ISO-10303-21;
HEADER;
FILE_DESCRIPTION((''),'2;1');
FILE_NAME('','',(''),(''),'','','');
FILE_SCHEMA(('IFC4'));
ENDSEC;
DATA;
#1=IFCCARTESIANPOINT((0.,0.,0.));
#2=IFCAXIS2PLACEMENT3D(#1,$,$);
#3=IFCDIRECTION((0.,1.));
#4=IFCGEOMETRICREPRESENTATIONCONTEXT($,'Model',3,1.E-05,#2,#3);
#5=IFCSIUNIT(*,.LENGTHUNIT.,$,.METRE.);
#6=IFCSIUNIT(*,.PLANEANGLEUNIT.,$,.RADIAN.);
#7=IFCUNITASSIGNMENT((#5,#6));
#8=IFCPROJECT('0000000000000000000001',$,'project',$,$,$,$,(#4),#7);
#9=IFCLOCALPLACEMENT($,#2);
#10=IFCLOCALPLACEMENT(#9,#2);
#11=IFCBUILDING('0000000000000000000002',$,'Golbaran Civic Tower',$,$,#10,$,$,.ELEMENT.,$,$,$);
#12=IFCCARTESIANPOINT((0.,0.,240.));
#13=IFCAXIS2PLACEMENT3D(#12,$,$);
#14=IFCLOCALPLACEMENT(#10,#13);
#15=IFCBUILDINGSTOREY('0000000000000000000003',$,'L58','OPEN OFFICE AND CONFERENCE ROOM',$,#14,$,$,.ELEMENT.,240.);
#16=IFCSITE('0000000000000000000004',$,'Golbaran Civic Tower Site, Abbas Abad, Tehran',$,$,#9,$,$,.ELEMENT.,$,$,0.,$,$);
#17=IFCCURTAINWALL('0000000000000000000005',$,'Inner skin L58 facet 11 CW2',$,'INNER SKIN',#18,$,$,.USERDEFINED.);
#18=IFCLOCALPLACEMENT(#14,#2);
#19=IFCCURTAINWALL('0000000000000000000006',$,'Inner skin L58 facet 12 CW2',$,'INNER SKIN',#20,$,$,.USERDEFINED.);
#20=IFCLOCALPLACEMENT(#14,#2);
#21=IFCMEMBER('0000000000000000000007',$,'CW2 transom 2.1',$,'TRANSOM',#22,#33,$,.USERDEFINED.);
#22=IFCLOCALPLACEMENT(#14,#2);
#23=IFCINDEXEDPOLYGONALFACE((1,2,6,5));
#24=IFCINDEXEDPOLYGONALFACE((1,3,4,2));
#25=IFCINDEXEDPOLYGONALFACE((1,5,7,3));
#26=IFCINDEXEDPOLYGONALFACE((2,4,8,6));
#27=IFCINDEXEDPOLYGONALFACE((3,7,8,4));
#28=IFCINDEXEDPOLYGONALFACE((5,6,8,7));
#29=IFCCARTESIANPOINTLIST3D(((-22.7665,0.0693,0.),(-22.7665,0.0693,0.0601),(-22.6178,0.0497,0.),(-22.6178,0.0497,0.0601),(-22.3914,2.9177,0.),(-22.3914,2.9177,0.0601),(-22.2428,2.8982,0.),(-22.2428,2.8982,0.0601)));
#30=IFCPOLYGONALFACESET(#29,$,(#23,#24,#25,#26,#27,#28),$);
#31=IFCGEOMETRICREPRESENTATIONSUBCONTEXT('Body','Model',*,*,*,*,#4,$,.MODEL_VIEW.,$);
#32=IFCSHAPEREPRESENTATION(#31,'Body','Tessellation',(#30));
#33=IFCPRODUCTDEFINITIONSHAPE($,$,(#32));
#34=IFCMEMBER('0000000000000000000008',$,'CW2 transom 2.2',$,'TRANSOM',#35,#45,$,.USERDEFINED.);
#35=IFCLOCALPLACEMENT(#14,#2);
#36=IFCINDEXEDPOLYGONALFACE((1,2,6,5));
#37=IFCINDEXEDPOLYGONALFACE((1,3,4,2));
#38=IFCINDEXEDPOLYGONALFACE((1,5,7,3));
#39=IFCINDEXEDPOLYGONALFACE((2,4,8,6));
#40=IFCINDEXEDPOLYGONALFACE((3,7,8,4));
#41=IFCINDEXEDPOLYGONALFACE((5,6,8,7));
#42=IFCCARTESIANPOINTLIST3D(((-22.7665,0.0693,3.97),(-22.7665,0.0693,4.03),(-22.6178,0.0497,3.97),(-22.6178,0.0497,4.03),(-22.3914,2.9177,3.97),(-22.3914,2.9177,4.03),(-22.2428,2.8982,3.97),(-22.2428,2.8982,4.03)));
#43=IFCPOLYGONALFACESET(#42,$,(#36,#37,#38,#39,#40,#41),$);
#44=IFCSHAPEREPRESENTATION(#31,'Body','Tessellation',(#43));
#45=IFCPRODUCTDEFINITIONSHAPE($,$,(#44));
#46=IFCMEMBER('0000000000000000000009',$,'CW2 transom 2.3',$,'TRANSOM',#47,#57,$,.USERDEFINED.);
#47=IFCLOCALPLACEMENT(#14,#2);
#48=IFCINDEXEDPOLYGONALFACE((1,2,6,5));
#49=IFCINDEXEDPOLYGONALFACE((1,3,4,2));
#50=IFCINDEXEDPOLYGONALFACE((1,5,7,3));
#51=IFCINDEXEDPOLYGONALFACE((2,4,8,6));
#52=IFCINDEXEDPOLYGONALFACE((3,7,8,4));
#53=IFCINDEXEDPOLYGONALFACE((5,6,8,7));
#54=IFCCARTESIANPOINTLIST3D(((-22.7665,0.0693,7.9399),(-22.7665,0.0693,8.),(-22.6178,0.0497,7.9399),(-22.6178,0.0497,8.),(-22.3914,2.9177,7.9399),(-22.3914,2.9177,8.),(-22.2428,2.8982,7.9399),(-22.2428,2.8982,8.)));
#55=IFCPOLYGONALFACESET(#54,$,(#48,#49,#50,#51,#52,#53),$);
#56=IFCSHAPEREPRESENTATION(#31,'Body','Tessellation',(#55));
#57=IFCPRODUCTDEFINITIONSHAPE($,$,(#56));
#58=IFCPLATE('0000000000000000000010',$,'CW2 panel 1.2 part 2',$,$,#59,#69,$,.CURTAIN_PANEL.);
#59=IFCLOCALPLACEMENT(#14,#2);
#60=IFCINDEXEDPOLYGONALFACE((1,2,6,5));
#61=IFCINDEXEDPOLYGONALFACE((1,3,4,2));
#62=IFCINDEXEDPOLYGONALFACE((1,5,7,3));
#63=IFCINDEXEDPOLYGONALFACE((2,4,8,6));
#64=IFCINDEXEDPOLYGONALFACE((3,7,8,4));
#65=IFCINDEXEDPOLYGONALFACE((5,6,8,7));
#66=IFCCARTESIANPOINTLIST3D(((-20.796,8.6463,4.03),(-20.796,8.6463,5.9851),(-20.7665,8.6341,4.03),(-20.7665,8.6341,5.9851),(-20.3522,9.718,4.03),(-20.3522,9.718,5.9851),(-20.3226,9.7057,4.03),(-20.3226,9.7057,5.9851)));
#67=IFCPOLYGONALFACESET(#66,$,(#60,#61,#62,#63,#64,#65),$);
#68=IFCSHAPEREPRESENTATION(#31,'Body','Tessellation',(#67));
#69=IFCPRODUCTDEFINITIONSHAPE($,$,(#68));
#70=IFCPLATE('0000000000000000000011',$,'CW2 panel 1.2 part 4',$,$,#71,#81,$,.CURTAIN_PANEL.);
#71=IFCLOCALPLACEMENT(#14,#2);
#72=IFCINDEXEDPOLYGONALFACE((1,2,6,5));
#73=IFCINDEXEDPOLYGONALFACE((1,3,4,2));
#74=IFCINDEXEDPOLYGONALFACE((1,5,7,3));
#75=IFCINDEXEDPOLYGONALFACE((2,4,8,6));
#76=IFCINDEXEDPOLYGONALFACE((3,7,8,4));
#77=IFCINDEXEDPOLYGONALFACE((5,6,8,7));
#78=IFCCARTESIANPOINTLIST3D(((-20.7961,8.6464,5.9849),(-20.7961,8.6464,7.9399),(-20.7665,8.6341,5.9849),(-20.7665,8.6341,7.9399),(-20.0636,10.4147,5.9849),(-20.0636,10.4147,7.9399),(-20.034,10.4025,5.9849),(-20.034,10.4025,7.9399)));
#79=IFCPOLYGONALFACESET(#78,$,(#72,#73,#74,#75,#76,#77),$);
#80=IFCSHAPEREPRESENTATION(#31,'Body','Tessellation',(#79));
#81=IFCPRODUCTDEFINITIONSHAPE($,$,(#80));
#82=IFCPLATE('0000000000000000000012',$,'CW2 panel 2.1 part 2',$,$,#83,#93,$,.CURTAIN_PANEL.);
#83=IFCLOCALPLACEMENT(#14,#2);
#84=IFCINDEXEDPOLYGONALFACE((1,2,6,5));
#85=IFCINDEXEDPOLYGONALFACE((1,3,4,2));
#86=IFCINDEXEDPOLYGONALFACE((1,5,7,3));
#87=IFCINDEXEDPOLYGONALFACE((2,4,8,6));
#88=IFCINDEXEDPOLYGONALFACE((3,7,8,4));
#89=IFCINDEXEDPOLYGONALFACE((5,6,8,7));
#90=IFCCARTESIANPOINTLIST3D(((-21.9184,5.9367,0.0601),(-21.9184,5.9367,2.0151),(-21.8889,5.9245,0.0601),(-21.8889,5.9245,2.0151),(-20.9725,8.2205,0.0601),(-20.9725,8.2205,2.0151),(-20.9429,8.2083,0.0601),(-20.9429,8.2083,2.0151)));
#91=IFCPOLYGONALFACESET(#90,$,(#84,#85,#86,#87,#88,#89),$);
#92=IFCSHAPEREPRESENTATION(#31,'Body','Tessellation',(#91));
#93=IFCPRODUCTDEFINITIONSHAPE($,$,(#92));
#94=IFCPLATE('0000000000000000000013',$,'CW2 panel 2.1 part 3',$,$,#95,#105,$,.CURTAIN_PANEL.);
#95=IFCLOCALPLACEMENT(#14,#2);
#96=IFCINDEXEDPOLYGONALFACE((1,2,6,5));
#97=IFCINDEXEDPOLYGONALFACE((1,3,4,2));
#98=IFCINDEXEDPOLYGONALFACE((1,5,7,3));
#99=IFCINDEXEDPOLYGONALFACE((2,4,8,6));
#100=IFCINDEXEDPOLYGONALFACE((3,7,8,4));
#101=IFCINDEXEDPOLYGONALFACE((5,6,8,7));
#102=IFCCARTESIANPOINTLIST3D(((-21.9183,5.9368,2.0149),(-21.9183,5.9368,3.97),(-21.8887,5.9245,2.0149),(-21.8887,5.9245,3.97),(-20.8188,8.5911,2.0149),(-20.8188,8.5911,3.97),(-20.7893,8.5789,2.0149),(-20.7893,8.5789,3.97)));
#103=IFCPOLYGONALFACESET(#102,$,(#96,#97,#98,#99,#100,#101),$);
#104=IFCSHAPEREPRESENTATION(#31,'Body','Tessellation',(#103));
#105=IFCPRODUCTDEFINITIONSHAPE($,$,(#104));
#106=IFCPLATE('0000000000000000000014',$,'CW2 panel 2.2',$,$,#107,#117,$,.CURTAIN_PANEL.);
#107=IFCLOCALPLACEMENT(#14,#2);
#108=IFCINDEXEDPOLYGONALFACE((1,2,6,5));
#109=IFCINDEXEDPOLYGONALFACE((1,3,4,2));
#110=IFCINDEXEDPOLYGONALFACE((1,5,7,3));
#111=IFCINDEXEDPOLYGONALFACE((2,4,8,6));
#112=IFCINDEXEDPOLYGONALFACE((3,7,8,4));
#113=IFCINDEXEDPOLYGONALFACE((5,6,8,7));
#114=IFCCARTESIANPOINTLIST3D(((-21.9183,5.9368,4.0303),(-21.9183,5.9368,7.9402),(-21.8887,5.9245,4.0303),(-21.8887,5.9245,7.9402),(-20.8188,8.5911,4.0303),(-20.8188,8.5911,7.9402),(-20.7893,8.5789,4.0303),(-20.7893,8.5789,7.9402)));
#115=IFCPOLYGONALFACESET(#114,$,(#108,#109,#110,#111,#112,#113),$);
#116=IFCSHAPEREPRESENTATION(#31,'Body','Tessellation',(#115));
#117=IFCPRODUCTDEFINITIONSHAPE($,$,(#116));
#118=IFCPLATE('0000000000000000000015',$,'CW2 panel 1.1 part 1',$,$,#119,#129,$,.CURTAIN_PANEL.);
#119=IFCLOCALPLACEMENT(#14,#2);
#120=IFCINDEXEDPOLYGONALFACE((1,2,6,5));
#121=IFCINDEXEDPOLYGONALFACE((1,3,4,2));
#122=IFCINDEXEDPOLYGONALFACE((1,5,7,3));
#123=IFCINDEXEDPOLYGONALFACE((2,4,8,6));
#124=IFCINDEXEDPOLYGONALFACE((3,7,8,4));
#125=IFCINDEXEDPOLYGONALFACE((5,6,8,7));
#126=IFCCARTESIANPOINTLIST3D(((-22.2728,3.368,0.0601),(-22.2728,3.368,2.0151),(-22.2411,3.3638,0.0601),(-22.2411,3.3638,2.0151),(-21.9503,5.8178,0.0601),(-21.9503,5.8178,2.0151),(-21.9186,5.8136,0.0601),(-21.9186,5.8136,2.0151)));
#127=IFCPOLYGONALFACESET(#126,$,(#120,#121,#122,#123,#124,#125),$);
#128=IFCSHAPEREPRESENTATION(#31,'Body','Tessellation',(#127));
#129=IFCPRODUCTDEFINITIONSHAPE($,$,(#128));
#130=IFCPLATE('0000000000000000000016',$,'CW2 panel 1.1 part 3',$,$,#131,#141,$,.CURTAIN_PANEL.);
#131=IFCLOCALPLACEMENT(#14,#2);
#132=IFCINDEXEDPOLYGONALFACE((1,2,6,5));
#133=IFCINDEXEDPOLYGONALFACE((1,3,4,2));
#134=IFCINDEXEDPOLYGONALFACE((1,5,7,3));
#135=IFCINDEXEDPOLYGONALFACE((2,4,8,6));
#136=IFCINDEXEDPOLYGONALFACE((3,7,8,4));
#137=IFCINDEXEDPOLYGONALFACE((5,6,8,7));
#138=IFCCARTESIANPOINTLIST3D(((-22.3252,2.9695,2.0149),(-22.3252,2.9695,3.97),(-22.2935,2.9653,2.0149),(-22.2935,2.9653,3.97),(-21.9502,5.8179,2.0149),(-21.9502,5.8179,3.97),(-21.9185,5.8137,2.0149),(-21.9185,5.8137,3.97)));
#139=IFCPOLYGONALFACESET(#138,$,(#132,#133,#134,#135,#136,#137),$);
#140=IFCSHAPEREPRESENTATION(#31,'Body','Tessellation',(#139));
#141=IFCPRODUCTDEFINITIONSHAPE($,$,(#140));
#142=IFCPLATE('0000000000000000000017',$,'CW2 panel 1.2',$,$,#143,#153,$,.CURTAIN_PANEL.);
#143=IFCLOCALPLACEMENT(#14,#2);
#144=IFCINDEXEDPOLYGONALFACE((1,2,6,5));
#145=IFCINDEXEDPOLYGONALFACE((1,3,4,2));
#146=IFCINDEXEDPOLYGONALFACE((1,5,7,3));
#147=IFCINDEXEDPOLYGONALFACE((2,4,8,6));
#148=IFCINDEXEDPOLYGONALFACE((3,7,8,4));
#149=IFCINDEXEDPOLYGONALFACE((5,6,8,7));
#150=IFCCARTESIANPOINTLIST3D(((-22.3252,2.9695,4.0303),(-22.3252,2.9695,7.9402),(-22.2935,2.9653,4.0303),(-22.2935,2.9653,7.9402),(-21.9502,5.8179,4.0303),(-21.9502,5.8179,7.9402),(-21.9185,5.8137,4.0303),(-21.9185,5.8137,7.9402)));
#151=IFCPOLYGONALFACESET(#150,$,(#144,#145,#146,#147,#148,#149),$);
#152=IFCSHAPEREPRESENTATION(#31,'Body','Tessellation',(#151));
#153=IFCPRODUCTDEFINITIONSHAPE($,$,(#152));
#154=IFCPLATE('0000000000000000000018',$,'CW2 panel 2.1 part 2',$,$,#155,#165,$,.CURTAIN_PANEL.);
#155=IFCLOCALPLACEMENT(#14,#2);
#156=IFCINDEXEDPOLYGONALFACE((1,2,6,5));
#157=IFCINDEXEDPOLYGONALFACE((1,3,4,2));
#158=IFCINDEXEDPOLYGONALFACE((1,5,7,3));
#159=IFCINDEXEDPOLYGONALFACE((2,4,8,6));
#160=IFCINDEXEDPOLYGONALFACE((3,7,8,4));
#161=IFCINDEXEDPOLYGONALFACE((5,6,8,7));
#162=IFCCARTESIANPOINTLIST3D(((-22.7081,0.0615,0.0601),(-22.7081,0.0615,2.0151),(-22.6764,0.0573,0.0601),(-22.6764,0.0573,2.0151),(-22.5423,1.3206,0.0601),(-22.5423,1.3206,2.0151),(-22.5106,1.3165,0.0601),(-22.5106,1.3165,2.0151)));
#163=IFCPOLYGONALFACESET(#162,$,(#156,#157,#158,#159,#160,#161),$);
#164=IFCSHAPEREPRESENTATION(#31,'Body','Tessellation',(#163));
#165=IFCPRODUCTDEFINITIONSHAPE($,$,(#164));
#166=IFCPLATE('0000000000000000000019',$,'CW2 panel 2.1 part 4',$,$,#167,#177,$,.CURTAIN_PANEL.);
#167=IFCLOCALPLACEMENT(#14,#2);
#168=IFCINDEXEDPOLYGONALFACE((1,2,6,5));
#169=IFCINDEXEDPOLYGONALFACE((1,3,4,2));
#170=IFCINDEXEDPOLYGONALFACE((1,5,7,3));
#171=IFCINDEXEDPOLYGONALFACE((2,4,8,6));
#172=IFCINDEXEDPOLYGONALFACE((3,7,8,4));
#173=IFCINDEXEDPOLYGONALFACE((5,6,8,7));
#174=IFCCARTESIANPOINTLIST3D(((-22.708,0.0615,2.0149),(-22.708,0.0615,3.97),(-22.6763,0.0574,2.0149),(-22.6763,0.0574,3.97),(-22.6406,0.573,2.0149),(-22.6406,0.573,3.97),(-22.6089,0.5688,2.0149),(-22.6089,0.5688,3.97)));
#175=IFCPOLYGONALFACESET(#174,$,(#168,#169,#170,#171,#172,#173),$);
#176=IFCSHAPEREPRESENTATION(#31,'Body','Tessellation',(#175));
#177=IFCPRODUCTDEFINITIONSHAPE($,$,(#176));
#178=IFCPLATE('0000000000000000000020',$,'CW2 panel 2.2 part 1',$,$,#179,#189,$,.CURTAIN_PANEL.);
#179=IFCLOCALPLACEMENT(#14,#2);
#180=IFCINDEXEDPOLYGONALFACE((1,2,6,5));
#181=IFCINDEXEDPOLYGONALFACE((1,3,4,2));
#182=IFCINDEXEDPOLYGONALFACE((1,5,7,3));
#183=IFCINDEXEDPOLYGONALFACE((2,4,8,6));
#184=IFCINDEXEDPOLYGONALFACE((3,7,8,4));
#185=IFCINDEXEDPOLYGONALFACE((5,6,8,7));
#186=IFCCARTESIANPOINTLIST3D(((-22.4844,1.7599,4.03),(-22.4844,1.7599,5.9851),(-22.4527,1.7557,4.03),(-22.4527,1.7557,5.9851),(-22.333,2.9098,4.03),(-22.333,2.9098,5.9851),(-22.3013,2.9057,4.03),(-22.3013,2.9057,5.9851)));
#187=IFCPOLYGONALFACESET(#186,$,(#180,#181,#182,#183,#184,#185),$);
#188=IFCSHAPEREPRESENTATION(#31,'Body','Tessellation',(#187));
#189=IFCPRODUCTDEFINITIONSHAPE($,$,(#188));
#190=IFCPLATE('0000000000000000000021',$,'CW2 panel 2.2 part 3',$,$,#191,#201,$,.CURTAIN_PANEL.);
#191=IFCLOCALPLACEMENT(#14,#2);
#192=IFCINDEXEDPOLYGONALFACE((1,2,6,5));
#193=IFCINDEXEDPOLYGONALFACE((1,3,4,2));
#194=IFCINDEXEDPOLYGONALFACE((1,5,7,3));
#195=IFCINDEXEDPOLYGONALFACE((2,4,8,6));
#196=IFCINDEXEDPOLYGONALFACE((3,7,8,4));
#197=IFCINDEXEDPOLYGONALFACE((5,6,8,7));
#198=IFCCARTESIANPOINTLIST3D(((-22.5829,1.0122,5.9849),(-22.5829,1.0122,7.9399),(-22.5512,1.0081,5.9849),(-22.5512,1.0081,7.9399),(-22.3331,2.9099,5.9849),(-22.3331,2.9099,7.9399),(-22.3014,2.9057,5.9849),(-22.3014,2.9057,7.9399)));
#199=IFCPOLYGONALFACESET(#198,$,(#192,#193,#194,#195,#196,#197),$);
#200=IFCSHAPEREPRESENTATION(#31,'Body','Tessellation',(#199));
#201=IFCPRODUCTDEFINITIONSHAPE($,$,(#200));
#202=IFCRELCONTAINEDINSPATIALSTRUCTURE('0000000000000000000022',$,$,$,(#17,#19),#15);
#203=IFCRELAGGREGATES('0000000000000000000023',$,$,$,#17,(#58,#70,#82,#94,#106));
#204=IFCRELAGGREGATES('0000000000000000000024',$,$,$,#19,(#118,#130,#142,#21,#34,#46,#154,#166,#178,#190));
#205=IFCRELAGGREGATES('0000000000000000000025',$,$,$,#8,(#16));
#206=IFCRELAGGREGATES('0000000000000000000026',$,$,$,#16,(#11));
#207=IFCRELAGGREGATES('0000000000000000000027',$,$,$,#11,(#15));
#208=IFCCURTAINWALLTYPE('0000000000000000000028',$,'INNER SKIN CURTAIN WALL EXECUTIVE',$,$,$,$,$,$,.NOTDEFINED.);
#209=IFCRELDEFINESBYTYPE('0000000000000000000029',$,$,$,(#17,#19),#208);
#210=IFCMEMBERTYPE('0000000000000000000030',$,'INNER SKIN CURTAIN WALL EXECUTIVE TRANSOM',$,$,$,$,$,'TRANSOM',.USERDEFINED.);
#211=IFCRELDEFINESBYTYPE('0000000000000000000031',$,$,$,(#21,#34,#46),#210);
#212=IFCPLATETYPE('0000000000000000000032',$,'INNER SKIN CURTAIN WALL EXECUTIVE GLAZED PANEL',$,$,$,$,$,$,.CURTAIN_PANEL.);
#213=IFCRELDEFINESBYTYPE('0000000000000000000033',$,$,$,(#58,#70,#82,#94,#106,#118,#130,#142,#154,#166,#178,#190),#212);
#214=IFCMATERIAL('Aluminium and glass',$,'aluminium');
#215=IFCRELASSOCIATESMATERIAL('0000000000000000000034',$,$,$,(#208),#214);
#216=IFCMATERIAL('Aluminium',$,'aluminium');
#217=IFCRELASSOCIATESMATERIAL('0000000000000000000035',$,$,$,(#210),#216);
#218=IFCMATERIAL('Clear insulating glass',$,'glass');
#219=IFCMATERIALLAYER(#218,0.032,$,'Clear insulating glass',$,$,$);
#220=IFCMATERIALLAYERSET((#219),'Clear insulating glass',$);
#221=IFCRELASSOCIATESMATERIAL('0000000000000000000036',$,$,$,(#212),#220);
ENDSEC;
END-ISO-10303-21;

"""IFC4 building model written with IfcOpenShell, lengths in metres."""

from ifc_helpers import new_model, si_unit, direction, frame, origin, origin_2d, place, context, subcontext, project, spatial, rectangle, extrude, material, layer, layer_set, material_profile, profile_set, type_object, element, aggregate, save


model = new_model("IFC4")

# Units and contexts
model_context = context("Model", 3, precision=1e-05, world=origin(), true_north=direction((0.0, 1.0)))
body_context = subcontext(model_context, "Body", "Model", "MODEL_VIEW")
ifc_project = project(units=[si_unit("LENGTHUNIT", "METRE"), si_unit("PLANEANGLEUNIT", "RADIAN")], contexts=[model_context])

# Site, building, storey
site_placement = place(None, origin())
site = spatial("IfcSite", under=ifc_project, at=site_placement, Name="Golbaran Civic Tower Site, Abbas Abad, Tehran", CompositionType="ELEMENT", RefElevation=0.0)
building_placement = place(site_placement, origin())
building = spatial("IfcBuilding", under=site, at=building_placement, Name="Golbaran Civic Tower", CompositionType="ELEMENT")
storey_placement = place(building_placement, frame((0.0, 0.0, 240.0)))
storey = spatial("IfcBuildingStorey", under=building, at=storey_placement, Name="L58", Description="OPEN OFFICE AND CONFERENCE ROOM", CompositionType="ELEMENT", Elevation=240.0)

# Curtain walls
ifc_material_1 = material(Name="Aluminium and glass", Category="aluminium")
curtain_wall_type = type_object("IfcCurtainWallType", Name="INNER SKIN CURTAIN WALL EXECUTIVE", PredefinedType="NOTDEFINED", material=ifc_material_1)
curtain_wall_1_placement = place(storey_placement, origin())
curtain_wall_1 = element("IfcCurtainWall", 1, at=curtain_wall_1_placement, inside=storey, type_object=curtain_wall_type, Name="Inner skin L58 facet 11 CW2", ObjectType="INNER SKIN", PredefinedType="USERDEFINED")
ifc_material_2 = material(Name="Aluminium", Category="aluminium")
curtain_wall_2_placement = place(storey_placement, origin())
curtain_wall_2 = element("IfcCurtainWall", 2, at=curtain_wall_2_placement, inside=storey, type_object=curtain_wall_type, Name="Inner skin L58 facet 12 CW2", ObjectType="INNER SKIN", PredefinedType="USERDEFINED")

# Members
ifc_material_profile_1 = material_profile(ifc_material_2, rectangle(XDim=0.1499, YDim=0.0601, at=origin_2d()), Name="INNER SKIN CURTAIN WALL EXECUTIVE TRANSOM")
ifc_profile_set_1 = profile_set([ifc_material_profile_1], Name="Aluminium")
member_type_1 = type_object("IfcMemberType", Name="INNER SKIN CURTAIN WALL EXECUTIVE TRANSOM", ElementType="TRANSOM", PredefinedType="USERDEFINED", material=ifc_profile_set_1)
member_1_placement = place(storey_placement, frame((-22.3171, 2.908, 0.03), z_axis=(-0.130527, -0.991445, 0.0), x_axis=(0.991445, -0.130527, 0.0)))
member_1 = element("IfcMember", 3, at=member_1_placement, type_object=member_type_1, Name="CW2 transom 2.1", ObjectType="TRANSOM", PredefinedType="USERDEFINED", context=body_context, shape_type="SweptSolid", body=[
    extrude(rectangle(XDim=0.1499, YDim=0.0601, at=origin_2d()), origin(), (0.0, 0.0, 1.0), 2.873),
])
member_2_placement = place(storey_placement, frame((-22.3171, 2.908, 4.0), z_axis=(-0.130527, -0.991445, 0.0), x_axis=(0.991445, -0.130527, 0.0)))
member_2 = element("IfcMember", 4, at=member_2_placement, type_object=member_type_1, Name="CW2 transom 2.2", ObjectType="TRANSOM", PredefinedType="USERDEFINED", context=body_context, shape_type="SweptSolid", body=[
    extrude(rectangle(XDim=0.1499, YDim=0.0601, at=origin_2d()), origin(), (0.0, 0.0, 1.0), 2.873),
])
member_3_placement = place(storey_placement, frame((-22.3171, 2.908, 7.97), z_axis=(-0.130527, -0.991445, 0.0), x_axis=(0.991445, -0.130527, 0.0)))
member_3 = element("IfcMember", 5, at=member_3_placement, type_object=member_type_1, Name="CW2 transom 2.3", ObjectType="TRANSOM", PredefinedType="USERDEFINED", context=body_context, shape_type="SweptSolid", body=[
    extrude(rectangle(XDim=0.1499, YDim=0.0601, at=origin_2d()), origin(), (0.0, 0.0, 1.0), 2.873),
])

# Plates
ifc_material_3 = material(Name="Clear insulating glass", Category="glass")
ifc_layer_1 = layer(ifc_material_3, 0.032, Name="Clear insulating glass")
ifc_layer_set_1 = layer_set([ifc_layer_1], Name="Clear insulating glass")
plate_type_1 = type_object("IfcPlateType", Name="INNER SKIN CURTAIN WALL EXECUTIVE GLAZED PANEL", PredefinedType="CURTAIN_PANEL", material=ifc_layer_set_1)
plate_1_placement = place(storey_placement, frame((-20.5593, 9.176, 4.03), z_axis=(0.0, 0.0, 1.0), x_axis=(-0.382683, -0.92388, 0.0)))
plate_1 = element("IfcPlate", 6, at=plate_1_placement, type_object=plate_type_1, Name="CW2 panel 1.2 part 2", PredefinedType="CURTAIN_PANEL", context=body_context, shape_type="SweptSolid", body=[
    extrude(rectangle(XDim=1.1599, YDim=0.032, at=origin_2d()), origin(), (0.0, 0.0, 1.0), 1.9551),
])
plate_2_placement = place(storey_placement, frame((-20.415, 9.5244, 5.9849), z_axis=(0.0, 0.0, 1.0), x_axis=(-0.382683, -0.92388, 0.0)))
plate_2 = element("IfcPlate", 7, at=plate_2_placement, type_object=plate_type_1, Name="CW2 panel 1.2 part 4", PredefinedType="CURTAIN_PANEL", context=body_context, shape_type="SweptSolid", body=[
    extrude(rectangle(XDim=1.9141, YDim=0.032, at=origin_2d()), origin(), (0.0, 0.0, 1.0), 1.9551),
])
plate_3_placement = place(storey_placement, frame((-21.4307, 7.0725, 0.0601), z_axis=(0.0, 0.0, 1.0), x_axis=(-0.382683, -0.92388, 0.0)))
plate_3 = element("IfcPlate", 8, at=plate_3_placement, type_object=plate_type_1, Name="CW2 panel 2.1 part 2", PredefinedType="CURTAIN_PANEL", context=body_context, shape_type="SweptSolid", body=[
    extrude(rectangle(XDim=2.4719, YDim=0.032, at=origin_2d()), origin(), (0.0, 0.0, 1.0), 1.9551),
])
plate_4_placement = place(storey_placement, frame((-21.3538, 7.2578, 2.0149), z_axis=(0.0, 0.0, 1.0), x_axis=(-0.382683, -0.92388, 0.0)))
plate_4 = element("IfcPlate", 9, at=plate_4_placement, type_object=plate_type_1, Name="CW2 panel 2.1 part 3", PredefinedType="CURTAIN_PANEL", context=body_context, shape_type="SweptSolid", body=[
    extrude(rectangle(XDim=2.873, YDim=0.032, at=origin_2d()), origin(), (0.0, 0.0, 1.0), 1.9551),
])
plate_5_placement = place(storey_placement, frame((-21.3538, 7.2578, 4.0303), z_axis=(0.0, 0.0, 1.0), x_axis=(-0.382683, -0.92388, 0.0)))
plate_5 = element("IfcPlate", 10, at=plate_5_placement, type_object=plate_type_1, Name="CW2 panel 2.2", PredefinedType="CURTAIN_PANEL", context=body_context, shape_type="SweptSolid", body=[
    extrude(rectangle(XDim=2.873, YDim=0.032, at=origin_2d()), origin(), (0.0, 0.0, 1.0), 3.9099),
])
plate_6_placement = place(storey_placement, frame((-22.0957, 4.5908, 0.0601), z_axis=(0.0, 0.0, 1.0), x_axis=(-0.130526, -0.991445, 0.0)))
plate_6 = element("IfcPlate", 11, at=plate_6_placement, type_object=plate_type_1, Name="CW2 panel 1.1 part 1", PredefinedType="CURTAIN_PANEL", context=body_context, shape_type="SweptSolid", body=[
    extrude(rectangle(XDim=2.4709, YDim=0.032, at=origin_2d()), origin(), (0.0, 0.0, 1.0), 1.9551),
])
plate_7_placement = place(storey_placement, frame((-22.1218, 4.3916, 2.0149), z_axis=(0.0, 0.0, 1.0), x_axis=(-0.130526, -0.991445, 0.0)))
plate_7 = element("IfcPlate", 12, at=plate_7_placement, type_object=plate_type_1, Name="CW2 panel 1.1 part 3", PredefinedType="CURTAIN_PANEL", context=body_context, shape_type="SweptSolid", body=[
    extrude(rectangle(XDim=2.873, YDim=0.032, at=origin_2d()), origin(), (0.0, 0.0, 1.0), 1.9551),
])
plate_8_placement = place(storey_placement, frame((-22.1218, 4.3916, 4.0303), z_axis=(0.0, 0.0, 1.0), x_axis=(-0.130526, -0.991445, 0.0)))
plate_8 = element("IfcPlate", 13, at=plate_8_placement, type_object=plate_type_1, Name="CW2 panel 1.2", PredefinedType="CURTAIN_PANEL", context=body_context, shape_type="SweptSolid", body=[
    extrude(rectangle(XDim=2.873, YDim=0.032, at=origin_2d()), origin(), (0.0, 0.0, 1.0), 3.9099),
])
plate_9_placement = place(storey_placement, frame((-22.6094, 0.689, 0.0601), z_axis=(0.0, 0.0, 1.0), x_axis=(-0.130526, -0.991445, 0.0)))
plate_9 = element("IfcPlate", 14, at=plate_9_placement, type_object=plate_type_1, Name="CW2 panel 2.1 part 2", PredefinedType="CURTAIN_PANEL", context=body_context, shape_type="SweptSolid", body=[
    extrude(rectangle(XDim=1.27, YDim=0.032, at=origin_2d()), origin(), (0.0, 0.0, 1.0), 1.9551),
])
plate_10_placement = place(storey_placement, frame((-22.6584, 0.3152, 2.0149), z_axis=(0.0, 0.0, 1.0), x_axis=(-0.130526, -0.991445, 0.0)))
plate_10 = element("IfcPlate", 15, at=plate_10_placement, type_object=plate_type_1, Name="CW2 panel 2.1 part 4", PredefinedType="CURTAIN_PANEL", context=body_context, shape_type="SweptSolid", body=[
    extrude(rectangle(XDim=0.5159, YDim=0.032, at=origin_2d()), origin(), (0.0, 0.0, 1.0), 1.9551),
])
plate_11_placement = place(storey_placement, frame((-22.3928, 2.3328, 4.03), z_axis=(0.0, 0.0, 1.0), x_axis=(-0.130526, -0.991445, 0.0)))
plate_11 = element("IfcPlate", 16, at=plate_11_placement, type_object=plate_type_1, Name="CW2 panel 2.2 part 1", PredefinedType="CURTAIN_PANEL", context=body_context, shape_type="SweptSolid", body=[
    extrude(rectangle(XDim=1.1599, YDim=0.032, at=origin_2d()), origin(), (0.0, 0.0, 1.0), 1.9551),
])
plate_12_placement = place(storey_placement, frame((-22.4421, 1.959, 5.9849), z_axis=(0.0, 0.0, 1.0), x_axis=(-0.130526, -0.991445, 0.0)))
plate_12 = element("IfcPlate", 17, at=plate_12_placement, type_object=plate_type_1, Name="CW2 panel 2.2 part 3", PredefinedType="CURTAIN_PANEL", context=body_context, shape_type="SweptSolid", body=[
    extrude(rectangle(XDim=1.9141, YDim=0.032, at=origin_2d()), origin(), (0.0, 0.0, 1.0), 1.9551),
])
aggregate(curtain_wall_1, [plate_1, plate_2, plate_3, plate_4, plate_5])
aggregate(curtain_wall_2, [plate_6, plate_7, plate_8, member_1, member_2, member_3, plate_9, plate_10, plate_11, plate_12])

save(model, "model.ifc")
